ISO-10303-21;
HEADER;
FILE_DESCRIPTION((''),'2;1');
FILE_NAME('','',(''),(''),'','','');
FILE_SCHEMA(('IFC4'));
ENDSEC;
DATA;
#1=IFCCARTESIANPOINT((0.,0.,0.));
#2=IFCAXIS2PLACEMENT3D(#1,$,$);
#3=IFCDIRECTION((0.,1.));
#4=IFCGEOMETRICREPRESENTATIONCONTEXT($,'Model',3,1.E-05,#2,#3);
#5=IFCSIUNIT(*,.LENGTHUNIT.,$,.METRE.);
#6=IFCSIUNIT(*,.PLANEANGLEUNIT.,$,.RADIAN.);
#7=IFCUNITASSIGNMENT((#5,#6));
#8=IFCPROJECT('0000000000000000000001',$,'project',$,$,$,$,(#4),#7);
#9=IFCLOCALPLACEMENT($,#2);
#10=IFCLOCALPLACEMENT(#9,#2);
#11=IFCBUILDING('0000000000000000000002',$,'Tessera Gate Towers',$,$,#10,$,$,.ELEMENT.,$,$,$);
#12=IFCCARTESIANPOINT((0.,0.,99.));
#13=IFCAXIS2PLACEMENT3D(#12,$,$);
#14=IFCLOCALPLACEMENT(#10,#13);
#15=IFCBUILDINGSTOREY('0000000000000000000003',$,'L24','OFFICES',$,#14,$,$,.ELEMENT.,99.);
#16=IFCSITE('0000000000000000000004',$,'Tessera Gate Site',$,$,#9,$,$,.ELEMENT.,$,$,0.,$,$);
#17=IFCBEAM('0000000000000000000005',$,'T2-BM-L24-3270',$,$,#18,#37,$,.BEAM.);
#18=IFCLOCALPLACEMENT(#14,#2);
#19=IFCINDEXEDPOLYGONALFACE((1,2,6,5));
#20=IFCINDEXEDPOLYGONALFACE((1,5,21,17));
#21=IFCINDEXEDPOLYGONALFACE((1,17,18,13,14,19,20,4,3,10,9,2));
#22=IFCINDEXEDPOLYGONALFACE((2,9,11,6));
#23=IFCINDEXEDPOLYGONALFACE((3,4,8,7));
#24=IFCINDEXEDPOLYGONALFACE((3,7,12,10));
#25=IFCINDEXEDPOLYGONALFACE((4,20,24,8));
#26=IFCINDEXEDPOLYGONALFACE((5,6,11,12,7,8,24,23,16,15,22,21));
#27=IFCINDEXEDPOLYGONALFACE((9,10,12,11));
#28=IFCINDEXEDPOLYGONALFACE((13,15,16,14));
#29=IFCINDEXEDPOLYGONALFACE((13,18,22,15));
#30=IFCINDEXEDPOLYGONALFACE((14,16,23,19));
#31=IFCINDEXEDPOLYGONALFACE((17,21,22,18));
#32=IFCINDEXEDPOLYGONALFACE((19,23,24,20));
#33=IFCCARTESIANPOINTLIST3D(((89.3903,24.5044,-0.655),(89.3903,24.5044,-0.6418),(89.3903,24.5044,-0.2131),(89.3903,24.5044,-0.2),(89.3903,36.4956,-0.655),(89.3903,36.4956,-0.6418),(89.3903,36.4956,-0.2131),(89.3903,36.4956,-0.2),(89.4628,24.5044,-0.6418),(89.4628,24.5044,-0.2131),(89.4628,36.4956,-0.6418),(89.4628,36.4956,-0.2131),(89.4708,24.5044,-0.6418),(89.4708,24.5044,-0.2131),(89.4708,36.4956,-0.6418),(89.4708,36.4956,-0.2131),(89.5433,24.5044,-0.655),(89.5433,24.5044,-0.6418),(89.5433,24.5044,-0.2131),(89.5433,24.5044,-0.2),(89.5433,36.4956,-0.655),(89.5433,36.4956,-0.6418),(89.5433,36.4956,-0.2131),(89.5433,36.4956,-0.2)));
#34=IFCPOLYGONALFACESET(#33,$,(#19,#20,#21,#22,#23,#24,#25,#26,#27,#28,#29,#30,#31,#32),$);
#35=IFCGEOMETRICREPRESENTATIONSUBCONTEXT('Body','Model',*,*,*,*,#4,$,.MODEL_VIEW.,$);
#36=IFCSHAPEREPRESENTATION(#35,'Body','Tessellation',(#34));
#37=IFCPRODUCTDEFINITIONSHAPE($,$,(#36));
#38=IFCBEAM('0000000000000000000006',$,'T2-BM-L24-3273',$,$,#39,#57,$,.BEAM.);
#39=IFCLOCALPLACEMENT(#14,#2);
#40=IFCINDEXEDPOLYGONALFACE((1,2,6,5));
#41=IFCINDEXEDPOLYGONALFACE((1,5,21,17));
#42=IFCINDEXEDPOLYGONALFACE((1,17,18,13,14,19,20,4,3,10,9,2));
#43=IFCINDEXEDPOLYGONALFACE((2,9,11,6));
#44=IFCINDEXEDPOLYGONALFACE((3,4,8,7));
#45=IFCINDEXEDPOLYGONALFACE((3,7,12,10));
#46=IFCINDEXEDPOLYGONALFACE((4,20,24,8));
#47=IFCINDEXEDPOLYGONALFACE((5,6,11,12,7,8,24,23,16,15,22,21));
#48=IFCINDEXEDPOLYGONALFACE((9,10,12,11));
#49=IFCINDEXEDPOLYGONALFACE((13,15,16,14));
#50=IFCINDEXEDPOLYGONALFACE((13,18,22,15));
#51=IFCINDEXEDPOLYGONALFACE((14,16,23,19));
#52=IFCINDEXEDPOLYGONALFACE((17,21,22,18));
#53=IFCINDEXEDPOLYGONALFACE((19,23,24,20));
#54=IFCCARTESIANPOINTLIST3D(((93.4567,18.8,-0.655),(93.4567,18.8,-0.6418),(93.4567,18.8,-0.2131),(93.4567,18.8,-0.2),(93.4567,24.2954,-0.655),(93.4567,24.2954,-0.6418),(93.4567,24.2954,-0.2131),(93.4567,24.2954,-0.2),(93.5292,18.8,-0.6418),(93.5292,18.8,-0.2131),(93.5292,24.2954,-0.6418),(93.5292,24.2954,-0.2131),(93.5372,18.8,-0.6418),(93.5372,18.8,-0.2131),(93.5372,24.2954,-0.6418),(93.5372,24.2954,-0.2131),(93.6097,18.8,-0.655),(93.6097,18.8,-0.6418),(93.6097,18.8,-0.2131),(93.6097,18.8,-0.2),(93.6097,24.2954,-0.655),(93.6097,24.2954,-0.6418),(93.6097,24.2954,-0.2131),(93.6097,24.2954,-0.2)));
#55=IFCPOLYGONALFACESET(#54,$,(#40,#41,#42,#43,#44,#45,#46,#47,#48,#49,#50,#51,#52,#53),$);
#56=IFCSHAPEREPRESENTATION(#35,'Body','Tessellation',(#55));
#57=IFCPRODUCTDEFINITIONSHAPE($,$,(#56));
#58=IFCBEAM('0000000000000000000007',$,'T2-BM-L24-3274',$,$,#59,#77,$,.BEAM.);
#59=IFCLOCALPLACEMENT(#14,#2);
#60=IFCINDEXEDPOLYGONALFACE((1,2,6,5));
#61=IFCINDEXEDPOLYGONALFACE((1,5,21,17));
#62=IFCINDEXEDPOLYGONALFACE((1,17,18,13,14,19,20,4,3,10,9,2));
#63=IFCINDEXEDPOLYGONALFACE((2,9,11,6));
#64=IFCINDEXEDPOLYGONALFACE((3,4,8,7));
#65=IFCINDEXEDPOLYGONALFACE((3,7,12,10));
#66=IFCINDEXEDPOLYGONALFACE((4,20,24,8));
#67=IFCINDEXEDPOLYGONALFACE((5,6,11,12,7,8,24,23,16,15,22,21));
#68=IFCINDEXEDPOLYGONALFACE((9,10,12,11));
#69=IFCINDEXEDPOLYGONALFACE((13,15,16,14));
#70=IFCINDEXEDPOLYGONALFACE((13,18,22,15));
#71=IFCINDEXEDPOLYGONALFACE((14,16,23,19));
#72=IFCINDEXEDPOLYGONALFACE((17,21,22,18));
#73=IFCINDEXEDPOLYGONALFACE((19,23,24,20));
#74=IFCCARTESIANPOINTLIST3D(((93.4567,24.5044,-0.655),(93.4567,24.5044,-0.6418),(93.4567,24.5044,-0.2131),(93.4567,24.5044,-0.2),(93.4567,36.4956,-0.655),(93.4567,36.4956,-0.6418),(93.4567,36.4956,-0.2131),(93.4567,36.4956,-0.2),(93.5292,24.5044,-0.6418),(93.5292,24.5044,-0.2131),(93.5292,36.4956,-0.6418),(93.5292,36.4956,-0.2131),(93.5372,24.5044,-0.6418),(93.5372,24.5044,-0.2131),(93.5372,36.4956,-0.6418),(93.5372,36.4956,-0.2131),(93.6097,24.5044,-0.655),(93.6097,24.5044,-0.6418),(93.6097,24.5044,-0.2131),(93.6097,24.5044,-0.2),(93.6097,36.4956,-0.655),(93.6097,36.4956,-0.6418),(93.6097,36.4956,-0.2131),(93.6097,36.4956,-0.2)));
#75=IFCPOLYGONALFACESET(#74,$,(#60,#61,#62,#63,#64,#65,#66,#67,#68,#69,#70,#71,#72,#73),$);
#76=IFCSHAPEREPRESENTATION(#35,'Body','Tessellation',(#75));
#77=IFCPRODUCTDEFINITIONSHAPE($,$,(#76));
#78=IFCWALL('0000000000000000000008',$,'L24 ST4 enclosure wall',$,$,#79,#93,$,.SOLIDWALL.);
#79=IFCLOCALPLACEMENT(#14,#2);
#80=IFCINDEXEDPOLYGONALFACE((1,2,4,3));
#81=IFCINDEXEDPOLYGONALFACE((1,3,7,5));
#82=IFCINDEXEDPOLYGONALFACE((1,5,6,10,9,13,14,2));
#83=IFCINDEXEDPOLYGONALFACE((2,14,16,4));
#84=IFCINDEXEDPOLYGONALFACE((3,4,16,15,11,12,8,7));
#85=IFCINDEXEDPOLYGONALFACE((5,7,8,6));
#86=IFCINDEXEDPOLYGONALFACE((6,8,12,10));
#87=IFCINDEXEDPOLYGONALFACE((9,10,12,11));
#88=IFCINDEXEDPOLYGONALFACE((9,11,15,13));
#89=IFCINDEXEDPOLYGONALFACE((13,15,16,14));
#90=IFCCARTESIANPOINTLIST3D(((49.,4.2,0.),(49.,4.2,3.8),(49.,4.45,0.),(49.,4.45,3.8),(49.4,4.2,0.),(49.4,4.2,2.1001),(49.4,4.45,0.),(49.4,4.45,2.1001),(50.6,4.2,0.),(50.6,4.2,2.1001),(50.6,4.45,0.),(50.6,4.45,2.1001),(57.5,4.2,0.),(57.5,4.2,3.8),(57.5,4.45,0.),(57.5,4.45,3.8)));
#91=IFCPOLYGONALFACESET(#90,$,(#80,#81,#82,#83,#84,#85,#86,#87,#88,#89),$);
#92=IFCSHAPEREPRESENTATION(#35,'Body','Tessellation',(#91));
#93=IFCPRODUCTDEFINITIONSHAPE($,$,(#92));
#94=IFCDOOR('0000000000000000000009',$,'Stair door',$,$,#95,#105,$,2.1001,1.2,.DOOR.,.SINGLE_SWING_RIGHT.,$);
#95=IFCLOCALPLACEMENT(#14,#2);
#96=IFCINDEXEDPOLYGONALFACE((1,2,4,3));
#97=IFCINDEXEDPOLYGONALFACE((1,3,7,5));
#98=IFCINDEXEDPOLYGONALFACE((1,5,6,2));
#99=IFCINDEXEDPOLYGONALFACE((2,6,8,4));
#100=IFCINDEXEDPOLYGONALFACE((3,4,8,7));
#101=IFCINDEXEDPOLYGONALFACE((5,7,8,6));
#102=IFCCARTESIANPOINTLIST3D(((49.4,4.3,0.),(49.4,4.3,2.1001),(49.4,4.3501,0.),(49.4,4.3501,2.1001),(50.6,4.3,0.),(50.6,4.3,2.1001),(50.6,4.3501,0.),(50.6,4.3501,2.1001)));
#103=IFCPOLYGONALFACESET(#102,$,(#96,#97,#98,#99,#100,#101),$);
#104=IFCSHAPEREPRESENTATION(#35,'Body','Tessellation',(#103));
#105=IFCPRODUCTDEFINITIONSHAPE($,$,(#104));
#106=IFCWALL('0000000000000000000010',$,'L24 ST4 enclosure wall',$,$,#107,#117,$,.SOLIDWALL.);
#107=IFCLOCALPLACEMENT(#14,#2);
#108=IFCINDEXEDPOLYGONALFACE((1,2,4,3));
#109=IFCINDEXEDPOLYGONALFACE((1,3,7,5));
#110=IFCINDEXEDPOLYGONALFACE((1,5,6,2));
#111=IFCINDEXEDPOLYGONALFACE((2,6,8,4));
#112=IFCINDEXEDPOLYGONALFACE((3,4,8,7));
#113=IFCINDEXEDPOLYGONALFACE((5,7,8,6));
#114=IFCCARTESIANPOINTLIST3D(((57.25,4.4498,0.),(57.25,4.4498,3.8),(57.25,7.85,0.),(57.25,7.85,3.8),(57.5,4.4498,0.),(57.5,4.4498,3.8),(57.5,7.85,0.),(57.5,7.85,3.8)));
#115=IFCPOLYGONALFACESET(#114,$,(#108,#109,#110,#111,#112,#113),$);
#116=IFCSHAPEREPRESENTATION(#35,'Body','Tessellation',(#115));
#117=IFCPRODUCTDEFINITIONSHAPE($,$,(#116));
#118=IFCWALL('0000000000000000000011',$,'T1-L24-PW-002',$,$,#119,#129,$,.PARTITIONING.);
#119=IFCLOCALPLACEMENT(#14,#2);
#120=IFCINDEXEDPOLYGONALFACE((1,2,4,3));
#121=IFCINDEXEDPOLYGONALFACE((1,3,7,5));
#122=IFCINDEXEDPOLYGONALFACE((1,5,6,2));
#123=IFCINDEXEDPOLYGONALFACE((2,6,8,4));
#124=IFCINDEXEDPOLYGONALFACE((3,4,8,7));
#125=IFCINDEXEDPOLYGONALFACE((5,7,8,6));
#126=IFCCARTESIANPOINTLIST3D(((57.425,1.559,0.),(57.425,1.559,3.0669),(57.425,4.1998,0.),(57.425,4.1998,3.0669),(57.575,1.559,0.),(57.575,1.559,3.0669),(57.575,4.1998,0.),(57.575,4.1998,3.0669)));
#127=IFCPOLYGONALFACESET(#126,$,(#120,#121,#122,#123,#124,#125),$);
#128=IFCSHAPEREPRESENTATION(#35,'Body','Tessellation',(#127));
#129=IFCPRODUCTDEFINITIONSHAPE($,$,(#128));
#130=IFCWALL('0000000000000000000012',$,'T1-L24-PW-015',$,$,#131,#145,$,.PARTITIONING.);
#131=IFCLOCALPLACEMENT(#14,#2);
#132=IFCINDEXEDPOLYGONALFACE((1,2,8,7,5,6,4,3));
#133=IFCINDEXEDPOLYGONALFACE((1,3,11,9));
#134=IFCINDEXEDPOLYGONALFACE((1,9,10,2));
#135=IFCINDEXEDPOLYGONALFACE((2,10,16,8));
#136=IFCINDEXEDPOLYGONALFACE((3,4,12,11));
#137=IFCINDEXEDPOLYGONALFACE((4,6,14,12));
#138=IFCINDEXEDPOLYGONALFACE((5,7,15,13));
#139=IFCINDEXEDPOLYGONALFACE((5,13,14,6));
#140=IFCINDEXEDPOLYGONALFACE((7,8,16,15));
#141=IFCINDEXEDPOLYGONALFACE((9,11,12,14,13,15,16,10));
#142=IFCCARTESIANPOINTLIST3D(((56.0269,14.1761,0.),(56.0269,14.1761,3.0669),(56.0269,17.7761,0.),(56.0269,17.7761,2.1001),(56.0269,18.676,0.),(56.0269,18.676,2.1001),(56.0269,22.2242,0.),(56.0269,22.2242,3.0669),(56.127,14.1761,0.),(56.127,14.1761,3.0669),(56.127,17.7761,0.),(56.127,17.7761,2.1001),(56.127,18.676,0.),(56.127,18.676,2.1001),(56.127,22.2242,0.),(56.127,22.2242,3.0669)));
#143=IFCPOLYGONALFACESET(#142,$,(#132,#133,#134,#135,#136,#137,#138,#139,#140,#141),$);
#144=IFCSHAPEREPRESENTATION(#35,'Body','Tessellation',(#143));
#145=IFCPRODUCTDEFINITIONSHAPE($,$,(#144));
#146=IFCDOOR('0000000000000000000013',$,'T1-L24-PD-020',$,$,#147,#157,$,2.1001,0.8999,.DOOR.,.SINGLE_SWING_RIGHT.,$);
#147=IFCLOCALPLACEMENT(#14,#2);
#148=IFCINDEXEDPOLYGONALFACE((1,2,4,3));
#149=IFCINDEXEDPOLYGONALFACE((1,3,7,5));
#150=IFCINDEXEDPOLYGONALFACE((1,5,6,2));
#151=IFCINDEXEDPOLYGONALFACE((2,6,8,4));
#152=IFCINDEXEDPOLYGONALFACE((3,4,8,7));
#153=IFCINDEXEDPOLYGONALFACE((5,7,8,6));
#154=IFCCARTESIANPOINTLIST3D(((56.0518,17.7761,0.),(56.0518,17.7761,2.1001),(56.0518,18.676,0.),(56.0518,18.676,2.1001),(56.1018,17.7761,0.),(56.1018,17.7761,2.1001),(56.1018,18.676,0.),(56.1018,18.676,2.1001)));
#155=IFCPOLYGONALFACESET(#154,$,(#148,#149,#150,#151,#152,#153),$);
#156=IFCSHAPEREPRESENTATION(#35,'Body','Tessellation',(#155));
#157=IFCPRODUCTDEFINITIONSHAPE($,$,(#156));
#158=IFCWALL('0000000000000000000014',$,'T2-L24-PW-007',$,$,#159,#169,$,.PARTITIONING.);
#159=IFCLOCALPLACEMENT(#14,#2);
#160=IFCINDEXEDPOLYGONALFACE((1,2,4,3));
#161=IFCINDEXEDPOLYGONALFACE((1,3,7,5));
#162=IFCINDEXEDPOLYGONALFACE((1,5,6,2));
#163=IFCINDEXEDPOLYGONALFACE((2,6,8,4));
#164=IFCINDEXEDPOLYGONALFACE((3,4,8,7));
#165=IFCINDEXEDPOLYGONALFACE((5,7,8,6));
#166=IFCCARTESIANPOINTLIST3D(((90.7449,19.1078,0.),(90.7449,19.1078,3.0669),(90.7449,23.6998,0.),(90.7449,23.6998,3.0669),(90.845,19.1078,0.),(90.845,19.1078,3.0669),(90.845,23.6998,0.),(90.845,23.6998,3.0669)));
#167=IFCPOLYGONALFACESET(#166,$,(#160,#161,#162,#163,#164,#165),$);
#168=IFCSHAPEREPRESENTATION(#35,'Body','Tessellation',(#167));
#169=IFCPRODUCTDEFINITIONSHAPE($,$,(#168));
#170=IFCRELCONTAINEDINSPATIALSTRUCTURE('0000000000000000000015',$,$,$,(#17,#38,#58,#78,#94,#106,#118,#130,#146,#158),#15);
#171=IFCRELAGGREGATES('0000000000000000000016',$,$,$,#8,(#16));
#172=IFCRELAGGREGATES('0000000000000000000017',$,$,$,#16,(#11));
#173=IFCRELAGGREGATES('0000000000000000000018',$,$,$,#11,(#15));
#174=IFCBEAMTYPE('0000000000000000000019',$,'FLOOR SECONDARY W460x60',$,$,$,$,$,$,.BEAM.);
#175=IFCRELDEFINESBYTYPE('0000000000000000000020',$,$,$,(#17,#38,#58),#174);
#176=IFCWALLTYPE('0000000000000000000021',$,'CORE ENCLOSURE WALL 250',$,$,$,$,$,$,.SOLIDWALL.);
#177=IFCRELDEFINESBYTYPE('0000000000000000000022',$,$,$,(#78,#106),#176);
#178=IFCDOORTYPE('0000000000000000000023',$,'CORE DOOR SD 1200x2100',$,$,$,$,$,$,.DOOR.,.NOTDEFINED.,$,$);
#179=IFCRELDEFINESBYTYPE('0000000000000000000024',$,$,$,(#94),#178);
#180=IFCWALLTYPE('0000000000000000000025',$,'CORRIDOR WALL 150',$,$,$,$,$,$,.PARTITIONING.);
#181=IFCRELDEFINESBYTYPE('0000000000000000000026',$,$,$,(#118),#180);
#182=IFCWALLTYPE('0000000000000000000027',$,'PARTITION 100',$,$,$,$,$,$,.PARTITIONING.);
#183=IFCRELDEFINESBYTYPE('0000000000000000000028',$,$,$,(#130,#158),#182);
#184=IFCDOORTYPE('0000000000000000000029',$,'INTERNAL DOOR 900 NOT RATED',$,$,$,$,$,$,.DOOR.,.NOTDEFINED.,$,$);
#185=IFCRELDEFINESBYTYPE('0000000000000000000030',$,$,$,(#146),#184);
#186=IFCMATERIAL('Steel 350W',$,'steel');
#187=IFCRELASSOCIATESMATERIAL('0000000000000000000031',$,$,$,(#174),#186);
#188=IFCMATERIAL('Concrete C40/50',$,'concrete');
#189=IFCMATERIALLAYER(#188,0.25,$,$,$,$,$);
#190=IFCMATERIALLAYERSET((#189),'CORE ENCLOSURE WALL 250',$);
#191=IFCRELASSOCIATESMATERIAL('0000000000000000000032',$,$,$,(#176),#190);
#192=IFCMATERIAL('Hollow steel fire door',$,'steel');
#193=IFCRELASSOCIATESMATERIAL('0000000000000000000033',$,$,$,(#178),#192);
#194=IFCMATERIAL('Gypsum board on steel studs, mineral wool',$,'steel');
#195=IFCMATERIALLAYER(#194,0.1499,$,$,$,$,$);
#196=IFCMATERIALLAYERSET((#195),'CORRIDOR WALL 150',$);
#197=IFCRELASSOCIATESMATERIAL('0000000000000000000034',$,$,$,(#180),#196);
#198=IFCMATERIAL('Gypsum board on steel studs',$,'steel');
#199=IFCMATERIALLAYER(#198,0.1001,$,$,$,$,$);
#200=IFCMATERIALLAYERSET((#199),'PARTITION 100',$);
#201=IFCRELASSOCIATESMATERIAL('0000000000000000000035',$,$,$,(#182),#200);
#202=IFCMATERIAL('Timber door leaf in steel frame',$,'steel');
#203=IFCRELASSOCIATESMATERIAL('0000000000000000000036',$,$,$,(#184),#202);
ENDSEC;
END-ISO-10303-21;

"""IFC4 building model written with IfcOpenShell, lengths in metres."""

from ifc_helpers import new_model, si_unit, direction, frame, frame_2d, origin, origin_2d, place, context, subcontext, project, spatial, rectangle, i_section, extrude, source, transform, mapped, material, layer, layer_set, material_profile, profile_set, type_object, element, fill, save


model = new_model("IFC4")

# Units and contexts
model_context = context("Model", 3, precision=1e-05, world=origin(), true_north=direction((0.0, 1.0)))
body_context = subcontext(model_context, "Body", "Model", "MODEL_VIEW")
ifc_project = project(units=[si_unit("LENGTHUNIT", "METRE"), si_unit("PLANEANGLEUNIT", "RADIAN")], contexts=[model_context])

# Site, building, storey
site_placement = place(None, origin())
site = spatial("IfcSite", under=ifc_project, at=site_placement, Name="Tessera Gate Site", CompositionType="ELEMENT", RefElevation=0.0)
building_placement = place(site_placement, origin())
building = spatial("IfcBuilding", under=site, at=building_placement, Name="Tessera Gate Towers", CompositionType="ELEMENT")
storey_placement = place(building_placement, frame((0.0, 0.0, 99.0)))
storey = spatial("IfcBuildingStorey", under=building, at=storey_placement, Name="L24", Description="OFFICES", CompositionType="ELEMENT", Elevation=99.0)

# Beams
ifc_material_1 = material(Name="Steel 350W", Category="steel")
ifc_material_profile_1 = material_profile(ifc_material_1, i_section(OverallWidth=0.1531, OverallDepth=0.4551, WebThickness=0.0081, FlangeThickness=0.0132, at=origin_2d()), Name="W460x60")
ifc_profile_set_1 = profile_set([ifc_material_profile_1], Name="Steel 350W")
beam_type_1 = type_object("IfcBeamType", Name="FLOOR SECONDARY W460x60", PredefinedType="BEAM", material=ifc_profile_set_1)
beam_1_placement = place(storey_placement, frame((89.4668, 24.5044, -0.4275), z_axis=(0.0, 1.0, 0.0), x_axis=(-1.0, 0.0, 0.0)))
element("IfcBeam", 1, at=beam_1_placement, inside=storey, type_object=beam_type_1, Name="T2-BM-L24-3270", PredefinedType="BEAM", context=body_context, shape_type="SweptSolid", body=[
    extrude(i_section(OverallWidth=0.1531, OverallDepth=0.4551, WebThickness=0.0081, FlangeThickness=0.0132, at=origin_2d()), origin(), (0.0, 0.0, 1.0), 11.9912),
])
beam_2_placement = place(storey_placement, frame((93.5332, 18.8, -0.4275), z_axis=(0.0, 1.0, 0.0), x_axis=(-1.0, 0.0, 0.0)))
element("IfcBeam", 2, at=beam_2_placement, inside=storey, type_object=beam_type_1, Name="T2-BM-L24-3273", PredefinedType="BEAM", context=body_context, shape_type="SweptSolid", body=[
    extrude(i_section(OverallWidth=0.1531, OverallDepth=0.4551, WebThickness=0.0081, FlangeThickness=0.0132, at=origin_2d()), origin(), (0.0, 0.0, 1.0), 5.4954),
])
beam_3_placement = place(storey_placement, frame((93.5332, 24.5044, -0.4275), z_axis=(0.0, 1.0, 0.0), x_axis=(-1.0, 0.0, 0.0)))
element("IfcBeam", 3, at=beam_3_placement, inside=storey, type_object=beam_type_1, Name="T2-BM-L24-3274", PredefinedType="BEAM", context=body_context, shape_type="SweptSolid", body=[
    extrude(i_section(OverallWidth=0.1531, OverallDepth=0.4551, WebThickness=0.0081, FlangeThickness=0.0132, at=origin_2d()), origin(), (0.0, 0.0, 1.0), 11.9912),
])

# Wall, opening, door
ifc_material_2 = material(Name="Concrete C40/50", Category="concrete")
ifc_layer_1 = layer(ifc_material_2, 0.25)
ifc_layer_set_1 = layer_set([ifc_layer_1], Name="CORE ENCLOSURE WALL 250")
wall_type_1 = type_object("IfcWallType", Name="CORE ENCLOSURE WALL 250", PredefinedType="SOLIDWALL", material=ifc_layer_set_1)
wall_1_placement = place(storey_placement, frame((57.5, 4.325, 0.0), z_axis=(0.0, 0.0, 1.0), x_axis=(-1.0, 0.0, 0.0)))
wall_1 = element("IfcWall", 4, at=wall_1_placement, inside=storey, type_object=wall_type_1, Name="L24 ST4 enclosure wall", PredefinedType="SOLIDWALL", context=body_context, shape_type="SweptSolid", body=[
    extrude(rectangle(XDim=8.5, YDim=0.25, at=frame_2d((4.25, 0.0))), origin(), (0.0, 0.0, 1.0), 3.8),
])
shared_shape_1 = source(origin(), body_context, "Body", "SweptSolid", [
    extrude(rectangle(XDim=1.2, YDim=2.1001, at=frame_2d((0.6001, 1.05))), frame((0.0, 0.135, 0.0), z_axis=(0.0, -1.0, 0.0), x_axis=(1.0, 0.0, 0.0)), (0.0, 0.0, 1.0), 0.27),
])
opening_1_placement = place(wall_1_placement, frame((6.8999, 0.0, 0.0)))
opening_1 = element("IfcOpeningElement", 5, at=opening_1_placement, cuts=wall_1, PredefinedType="OPENING", context=body_context, shape_type="MappedRepresentation", body=[
    mapped(shared_shape_1, transform((0.0, 0.0, 0.0), scale=1.0)),
])
ifc_material_3 = material(Name="Hollow steel fire door", Category="steel")
door_type_1 = type_object("IfcDoorType", Name="CORE DOOR SD 1200x2100", OperationType="NOTDEFINED", PredefinedType="DOOR", material=ifc_material_3)
shared_shape_2 = source(origin(), body_context, "Body", "SweptSolid", [
    extrude(rectangle(XDim=1.2, YDim=2.1001, at=frame_2d((0.6001, 1.05))), frame((0.0, 0.0249, 0.0), z_axis=(0.0, -1.0, 0.0), x_axis=(1.0, 0.0, 0.0)), (0.0, 0.0, 1.0), 0.05),
])
door_1_placement = place(opening_1_placement, origin())
door_1 = element("IfcDoor", 6, at=door_1_placement, inside=storey, type_object=door_type_1, Name="Stair door", OperationType="SINGLE_SWING_RIGHT", OverallHeight=2.1001, OverallWidth=1.2, PredefinedType="DOOR", context=body_context, shape_type="MappedRepresentation", body=[
    mapped(shared_shape_2, transform((0.0, 0.0, 0.0), scale=1.0)),
])
fill(opening_1, door_1)

# Walls
wall_2_placement = place(storey_placement, frame((57.375, 7.8501, 0.0), z_axis=(0.0, 0.0, 1.0), x_axis=(0.0, -1.0, 0.0)))
element("IfcWall", 7, at=wall_2_placement, inside=storey, type_object=wall_type_1, Name="L24 ST4 enclosure wall", PredefinedType="SOLIDWALL", context=body_context, shape_type="SweptSolid", body=[
    extrude(rectangle(XDim=3.4001, YDim=0.25, at=frame_2d((1.7002, 0.0))), origin(), (0.0, 0.0, 1.0), 3.8),
])
ifc_material_4 = material(Name="Gypsum board on steel studs, mineral wool", Category="steel")
ifc_layer_2 = layer(ifc_material_4, 0.1499)
ifc_layer_set_2 = layer_set([ifc_layer_2], Name="CORRIDOR WALL 150")
wall_type_2 = type_object("IfcWallType", Name="CORRIDOR WALL 150", PredefinedType="PARTITIONING", material=ifc_layer_set_2)
wall_3_placement = place(storey_placement, frame((57.5, 1.5591, 0.0), z_axis=(0.0, 0.0, 1.0), x_axis=(0.0, 1.0, 0.0)))
element("IfcWall", 8, at=wall_3_placement, inside=storey, type_object=wall_type_2, Name="T1-L24-PW-002", PredefinedType="PARTITIONING", context=body_context, shape_type="SweptSolid", body=[
    extrude(rectangle(XDim=2.6409, YDim=0.1499, at=frame_2d((1.3203, 0.0))), origin(), (0.0, 0.0, 1.0), 3.0669),
])

# Wall, opening, door
ifc_material_5 = material(Name="Gypsum board on steel studs", Category="steel")
ifc_layer_3 = layer(ifc_material_5, 0.1001)
ifc_layer_set_3 = layer_set([ifc_layer_3], Name="PARTITION 100")
wall_type_3 = type_object("IfcWallType", Name="PARTITION 100", PredefinedType="PARTITIONING", material=ifc_layer_set_3)
wall_4_placement = place(storey_placement, frame((56.0769, 22.2241, 0.0), z_axis=(0.0, 0.0, 1.0), x_axis=(0.0, -1.0, 0.0)))
wall_4 = element("IfcWall", 9, at=wall_4_placement, inside=storey, type_object=wall_type_3, Name="T1-L24-PW-015", PredefinedType="PARTITIONING", context=body_context, shape_type="SweptSolid", body=[
    extrude(rectangle(XDim=8.0481, YDim=0.1001, at=frame_2d((4.0239, 0.0))), origin(), (0.0, 0.0, 1.0), 3.0669),
])
shared_shape_3 = source(origin(), body_context, "Body", "SweptSolid", [
    extrude(rectangle(XDim=0.8999, YDim=2.1001, at=frame_2d((0.45, 1.05))), frame((0.0, 0.0601, 0.0), z_axis=(0.0, -1.0, 0.0), x_axis=(1.0, 0.0, 0.0)), (0.0, 0.0, 1.0), 0.1201),
])
opening_2_placement = place(wall_4_placement, frame((3.5481, 0.0, 0.0)))
opening_2 = element("IfcOpeningElement", 10, at=opening_2_placement, cuts=wall_4, PredefinedType="OPENING", context=body_context, shape_type="MappedRepresentation", body=[
    mapped(shared_shape_3, transform((0.0, 0.0, 0.0), scale=1.0)),
])
ifc_material_6 = material(Name="Timber door leaf in steel frame", Category="steel")
door_type_2 = type_object("IfcDoorType", Name="INTERNAL DOOR 900 NOT RATED", OperationType="NOTDEFINED", PredefinedType="DOOR", material=ifc_material_6)
shared_shape_4 = source(origin(), body_context, "Body", "SweptSolid", [
    extrude(rectangle(XDim=0.8999, YDim=2.1001, at=frame_2d((0.45, 1.05))), frame((0.0, 0.0249, 0.0), z_axis=(0.0, -1.0, 0.0), x_axis=(1.0, 0.0, 0.0)), (0.0, 0.0, 1.0), 0.05),
])
door_2_placement = place(opening_2_placement, origin())
door_2 = element("IfcDoor", 11, at=door_2_placement, inside=storey, type_object=door_type_2, Name="T1-L24-PD-020", OperationType="SINGLE_SWING_RIGHT", OverallHeight=2.1001, OverallWidth=0.8999, PredefinedType="DOOR", context=body_context, shape_type="MappedRepresentation", body=[
    mapped(shared_shape_4, transform((0.0, 0.0, 0.0), scale=1.0)),
])
fill(opening_2, door_2)

# Wall
wall_5_placement = place(storey_placement, frame((90.7949, 19.1079, 0.0), z_axis=(0.0, 0.0, 1.0), x_axis=(0.0, 1.0, 0.0)))
element("IfcWall", 12, at=wall_5_placement, inside=storey, type_object=wall_type_3, Name="T2-L24-PW-007", PredefinedType="PARTITIONING", context=body_context, shape_type="SweptSolid", body=[
    extrude(rectangle(XDim=4.592, YDim=0.1001, at=frame_2d((2.2959, 0.0))), origin(), (0.0, 0.0, 1.0), 3.0669),
])

save(model, "model.ifc")
